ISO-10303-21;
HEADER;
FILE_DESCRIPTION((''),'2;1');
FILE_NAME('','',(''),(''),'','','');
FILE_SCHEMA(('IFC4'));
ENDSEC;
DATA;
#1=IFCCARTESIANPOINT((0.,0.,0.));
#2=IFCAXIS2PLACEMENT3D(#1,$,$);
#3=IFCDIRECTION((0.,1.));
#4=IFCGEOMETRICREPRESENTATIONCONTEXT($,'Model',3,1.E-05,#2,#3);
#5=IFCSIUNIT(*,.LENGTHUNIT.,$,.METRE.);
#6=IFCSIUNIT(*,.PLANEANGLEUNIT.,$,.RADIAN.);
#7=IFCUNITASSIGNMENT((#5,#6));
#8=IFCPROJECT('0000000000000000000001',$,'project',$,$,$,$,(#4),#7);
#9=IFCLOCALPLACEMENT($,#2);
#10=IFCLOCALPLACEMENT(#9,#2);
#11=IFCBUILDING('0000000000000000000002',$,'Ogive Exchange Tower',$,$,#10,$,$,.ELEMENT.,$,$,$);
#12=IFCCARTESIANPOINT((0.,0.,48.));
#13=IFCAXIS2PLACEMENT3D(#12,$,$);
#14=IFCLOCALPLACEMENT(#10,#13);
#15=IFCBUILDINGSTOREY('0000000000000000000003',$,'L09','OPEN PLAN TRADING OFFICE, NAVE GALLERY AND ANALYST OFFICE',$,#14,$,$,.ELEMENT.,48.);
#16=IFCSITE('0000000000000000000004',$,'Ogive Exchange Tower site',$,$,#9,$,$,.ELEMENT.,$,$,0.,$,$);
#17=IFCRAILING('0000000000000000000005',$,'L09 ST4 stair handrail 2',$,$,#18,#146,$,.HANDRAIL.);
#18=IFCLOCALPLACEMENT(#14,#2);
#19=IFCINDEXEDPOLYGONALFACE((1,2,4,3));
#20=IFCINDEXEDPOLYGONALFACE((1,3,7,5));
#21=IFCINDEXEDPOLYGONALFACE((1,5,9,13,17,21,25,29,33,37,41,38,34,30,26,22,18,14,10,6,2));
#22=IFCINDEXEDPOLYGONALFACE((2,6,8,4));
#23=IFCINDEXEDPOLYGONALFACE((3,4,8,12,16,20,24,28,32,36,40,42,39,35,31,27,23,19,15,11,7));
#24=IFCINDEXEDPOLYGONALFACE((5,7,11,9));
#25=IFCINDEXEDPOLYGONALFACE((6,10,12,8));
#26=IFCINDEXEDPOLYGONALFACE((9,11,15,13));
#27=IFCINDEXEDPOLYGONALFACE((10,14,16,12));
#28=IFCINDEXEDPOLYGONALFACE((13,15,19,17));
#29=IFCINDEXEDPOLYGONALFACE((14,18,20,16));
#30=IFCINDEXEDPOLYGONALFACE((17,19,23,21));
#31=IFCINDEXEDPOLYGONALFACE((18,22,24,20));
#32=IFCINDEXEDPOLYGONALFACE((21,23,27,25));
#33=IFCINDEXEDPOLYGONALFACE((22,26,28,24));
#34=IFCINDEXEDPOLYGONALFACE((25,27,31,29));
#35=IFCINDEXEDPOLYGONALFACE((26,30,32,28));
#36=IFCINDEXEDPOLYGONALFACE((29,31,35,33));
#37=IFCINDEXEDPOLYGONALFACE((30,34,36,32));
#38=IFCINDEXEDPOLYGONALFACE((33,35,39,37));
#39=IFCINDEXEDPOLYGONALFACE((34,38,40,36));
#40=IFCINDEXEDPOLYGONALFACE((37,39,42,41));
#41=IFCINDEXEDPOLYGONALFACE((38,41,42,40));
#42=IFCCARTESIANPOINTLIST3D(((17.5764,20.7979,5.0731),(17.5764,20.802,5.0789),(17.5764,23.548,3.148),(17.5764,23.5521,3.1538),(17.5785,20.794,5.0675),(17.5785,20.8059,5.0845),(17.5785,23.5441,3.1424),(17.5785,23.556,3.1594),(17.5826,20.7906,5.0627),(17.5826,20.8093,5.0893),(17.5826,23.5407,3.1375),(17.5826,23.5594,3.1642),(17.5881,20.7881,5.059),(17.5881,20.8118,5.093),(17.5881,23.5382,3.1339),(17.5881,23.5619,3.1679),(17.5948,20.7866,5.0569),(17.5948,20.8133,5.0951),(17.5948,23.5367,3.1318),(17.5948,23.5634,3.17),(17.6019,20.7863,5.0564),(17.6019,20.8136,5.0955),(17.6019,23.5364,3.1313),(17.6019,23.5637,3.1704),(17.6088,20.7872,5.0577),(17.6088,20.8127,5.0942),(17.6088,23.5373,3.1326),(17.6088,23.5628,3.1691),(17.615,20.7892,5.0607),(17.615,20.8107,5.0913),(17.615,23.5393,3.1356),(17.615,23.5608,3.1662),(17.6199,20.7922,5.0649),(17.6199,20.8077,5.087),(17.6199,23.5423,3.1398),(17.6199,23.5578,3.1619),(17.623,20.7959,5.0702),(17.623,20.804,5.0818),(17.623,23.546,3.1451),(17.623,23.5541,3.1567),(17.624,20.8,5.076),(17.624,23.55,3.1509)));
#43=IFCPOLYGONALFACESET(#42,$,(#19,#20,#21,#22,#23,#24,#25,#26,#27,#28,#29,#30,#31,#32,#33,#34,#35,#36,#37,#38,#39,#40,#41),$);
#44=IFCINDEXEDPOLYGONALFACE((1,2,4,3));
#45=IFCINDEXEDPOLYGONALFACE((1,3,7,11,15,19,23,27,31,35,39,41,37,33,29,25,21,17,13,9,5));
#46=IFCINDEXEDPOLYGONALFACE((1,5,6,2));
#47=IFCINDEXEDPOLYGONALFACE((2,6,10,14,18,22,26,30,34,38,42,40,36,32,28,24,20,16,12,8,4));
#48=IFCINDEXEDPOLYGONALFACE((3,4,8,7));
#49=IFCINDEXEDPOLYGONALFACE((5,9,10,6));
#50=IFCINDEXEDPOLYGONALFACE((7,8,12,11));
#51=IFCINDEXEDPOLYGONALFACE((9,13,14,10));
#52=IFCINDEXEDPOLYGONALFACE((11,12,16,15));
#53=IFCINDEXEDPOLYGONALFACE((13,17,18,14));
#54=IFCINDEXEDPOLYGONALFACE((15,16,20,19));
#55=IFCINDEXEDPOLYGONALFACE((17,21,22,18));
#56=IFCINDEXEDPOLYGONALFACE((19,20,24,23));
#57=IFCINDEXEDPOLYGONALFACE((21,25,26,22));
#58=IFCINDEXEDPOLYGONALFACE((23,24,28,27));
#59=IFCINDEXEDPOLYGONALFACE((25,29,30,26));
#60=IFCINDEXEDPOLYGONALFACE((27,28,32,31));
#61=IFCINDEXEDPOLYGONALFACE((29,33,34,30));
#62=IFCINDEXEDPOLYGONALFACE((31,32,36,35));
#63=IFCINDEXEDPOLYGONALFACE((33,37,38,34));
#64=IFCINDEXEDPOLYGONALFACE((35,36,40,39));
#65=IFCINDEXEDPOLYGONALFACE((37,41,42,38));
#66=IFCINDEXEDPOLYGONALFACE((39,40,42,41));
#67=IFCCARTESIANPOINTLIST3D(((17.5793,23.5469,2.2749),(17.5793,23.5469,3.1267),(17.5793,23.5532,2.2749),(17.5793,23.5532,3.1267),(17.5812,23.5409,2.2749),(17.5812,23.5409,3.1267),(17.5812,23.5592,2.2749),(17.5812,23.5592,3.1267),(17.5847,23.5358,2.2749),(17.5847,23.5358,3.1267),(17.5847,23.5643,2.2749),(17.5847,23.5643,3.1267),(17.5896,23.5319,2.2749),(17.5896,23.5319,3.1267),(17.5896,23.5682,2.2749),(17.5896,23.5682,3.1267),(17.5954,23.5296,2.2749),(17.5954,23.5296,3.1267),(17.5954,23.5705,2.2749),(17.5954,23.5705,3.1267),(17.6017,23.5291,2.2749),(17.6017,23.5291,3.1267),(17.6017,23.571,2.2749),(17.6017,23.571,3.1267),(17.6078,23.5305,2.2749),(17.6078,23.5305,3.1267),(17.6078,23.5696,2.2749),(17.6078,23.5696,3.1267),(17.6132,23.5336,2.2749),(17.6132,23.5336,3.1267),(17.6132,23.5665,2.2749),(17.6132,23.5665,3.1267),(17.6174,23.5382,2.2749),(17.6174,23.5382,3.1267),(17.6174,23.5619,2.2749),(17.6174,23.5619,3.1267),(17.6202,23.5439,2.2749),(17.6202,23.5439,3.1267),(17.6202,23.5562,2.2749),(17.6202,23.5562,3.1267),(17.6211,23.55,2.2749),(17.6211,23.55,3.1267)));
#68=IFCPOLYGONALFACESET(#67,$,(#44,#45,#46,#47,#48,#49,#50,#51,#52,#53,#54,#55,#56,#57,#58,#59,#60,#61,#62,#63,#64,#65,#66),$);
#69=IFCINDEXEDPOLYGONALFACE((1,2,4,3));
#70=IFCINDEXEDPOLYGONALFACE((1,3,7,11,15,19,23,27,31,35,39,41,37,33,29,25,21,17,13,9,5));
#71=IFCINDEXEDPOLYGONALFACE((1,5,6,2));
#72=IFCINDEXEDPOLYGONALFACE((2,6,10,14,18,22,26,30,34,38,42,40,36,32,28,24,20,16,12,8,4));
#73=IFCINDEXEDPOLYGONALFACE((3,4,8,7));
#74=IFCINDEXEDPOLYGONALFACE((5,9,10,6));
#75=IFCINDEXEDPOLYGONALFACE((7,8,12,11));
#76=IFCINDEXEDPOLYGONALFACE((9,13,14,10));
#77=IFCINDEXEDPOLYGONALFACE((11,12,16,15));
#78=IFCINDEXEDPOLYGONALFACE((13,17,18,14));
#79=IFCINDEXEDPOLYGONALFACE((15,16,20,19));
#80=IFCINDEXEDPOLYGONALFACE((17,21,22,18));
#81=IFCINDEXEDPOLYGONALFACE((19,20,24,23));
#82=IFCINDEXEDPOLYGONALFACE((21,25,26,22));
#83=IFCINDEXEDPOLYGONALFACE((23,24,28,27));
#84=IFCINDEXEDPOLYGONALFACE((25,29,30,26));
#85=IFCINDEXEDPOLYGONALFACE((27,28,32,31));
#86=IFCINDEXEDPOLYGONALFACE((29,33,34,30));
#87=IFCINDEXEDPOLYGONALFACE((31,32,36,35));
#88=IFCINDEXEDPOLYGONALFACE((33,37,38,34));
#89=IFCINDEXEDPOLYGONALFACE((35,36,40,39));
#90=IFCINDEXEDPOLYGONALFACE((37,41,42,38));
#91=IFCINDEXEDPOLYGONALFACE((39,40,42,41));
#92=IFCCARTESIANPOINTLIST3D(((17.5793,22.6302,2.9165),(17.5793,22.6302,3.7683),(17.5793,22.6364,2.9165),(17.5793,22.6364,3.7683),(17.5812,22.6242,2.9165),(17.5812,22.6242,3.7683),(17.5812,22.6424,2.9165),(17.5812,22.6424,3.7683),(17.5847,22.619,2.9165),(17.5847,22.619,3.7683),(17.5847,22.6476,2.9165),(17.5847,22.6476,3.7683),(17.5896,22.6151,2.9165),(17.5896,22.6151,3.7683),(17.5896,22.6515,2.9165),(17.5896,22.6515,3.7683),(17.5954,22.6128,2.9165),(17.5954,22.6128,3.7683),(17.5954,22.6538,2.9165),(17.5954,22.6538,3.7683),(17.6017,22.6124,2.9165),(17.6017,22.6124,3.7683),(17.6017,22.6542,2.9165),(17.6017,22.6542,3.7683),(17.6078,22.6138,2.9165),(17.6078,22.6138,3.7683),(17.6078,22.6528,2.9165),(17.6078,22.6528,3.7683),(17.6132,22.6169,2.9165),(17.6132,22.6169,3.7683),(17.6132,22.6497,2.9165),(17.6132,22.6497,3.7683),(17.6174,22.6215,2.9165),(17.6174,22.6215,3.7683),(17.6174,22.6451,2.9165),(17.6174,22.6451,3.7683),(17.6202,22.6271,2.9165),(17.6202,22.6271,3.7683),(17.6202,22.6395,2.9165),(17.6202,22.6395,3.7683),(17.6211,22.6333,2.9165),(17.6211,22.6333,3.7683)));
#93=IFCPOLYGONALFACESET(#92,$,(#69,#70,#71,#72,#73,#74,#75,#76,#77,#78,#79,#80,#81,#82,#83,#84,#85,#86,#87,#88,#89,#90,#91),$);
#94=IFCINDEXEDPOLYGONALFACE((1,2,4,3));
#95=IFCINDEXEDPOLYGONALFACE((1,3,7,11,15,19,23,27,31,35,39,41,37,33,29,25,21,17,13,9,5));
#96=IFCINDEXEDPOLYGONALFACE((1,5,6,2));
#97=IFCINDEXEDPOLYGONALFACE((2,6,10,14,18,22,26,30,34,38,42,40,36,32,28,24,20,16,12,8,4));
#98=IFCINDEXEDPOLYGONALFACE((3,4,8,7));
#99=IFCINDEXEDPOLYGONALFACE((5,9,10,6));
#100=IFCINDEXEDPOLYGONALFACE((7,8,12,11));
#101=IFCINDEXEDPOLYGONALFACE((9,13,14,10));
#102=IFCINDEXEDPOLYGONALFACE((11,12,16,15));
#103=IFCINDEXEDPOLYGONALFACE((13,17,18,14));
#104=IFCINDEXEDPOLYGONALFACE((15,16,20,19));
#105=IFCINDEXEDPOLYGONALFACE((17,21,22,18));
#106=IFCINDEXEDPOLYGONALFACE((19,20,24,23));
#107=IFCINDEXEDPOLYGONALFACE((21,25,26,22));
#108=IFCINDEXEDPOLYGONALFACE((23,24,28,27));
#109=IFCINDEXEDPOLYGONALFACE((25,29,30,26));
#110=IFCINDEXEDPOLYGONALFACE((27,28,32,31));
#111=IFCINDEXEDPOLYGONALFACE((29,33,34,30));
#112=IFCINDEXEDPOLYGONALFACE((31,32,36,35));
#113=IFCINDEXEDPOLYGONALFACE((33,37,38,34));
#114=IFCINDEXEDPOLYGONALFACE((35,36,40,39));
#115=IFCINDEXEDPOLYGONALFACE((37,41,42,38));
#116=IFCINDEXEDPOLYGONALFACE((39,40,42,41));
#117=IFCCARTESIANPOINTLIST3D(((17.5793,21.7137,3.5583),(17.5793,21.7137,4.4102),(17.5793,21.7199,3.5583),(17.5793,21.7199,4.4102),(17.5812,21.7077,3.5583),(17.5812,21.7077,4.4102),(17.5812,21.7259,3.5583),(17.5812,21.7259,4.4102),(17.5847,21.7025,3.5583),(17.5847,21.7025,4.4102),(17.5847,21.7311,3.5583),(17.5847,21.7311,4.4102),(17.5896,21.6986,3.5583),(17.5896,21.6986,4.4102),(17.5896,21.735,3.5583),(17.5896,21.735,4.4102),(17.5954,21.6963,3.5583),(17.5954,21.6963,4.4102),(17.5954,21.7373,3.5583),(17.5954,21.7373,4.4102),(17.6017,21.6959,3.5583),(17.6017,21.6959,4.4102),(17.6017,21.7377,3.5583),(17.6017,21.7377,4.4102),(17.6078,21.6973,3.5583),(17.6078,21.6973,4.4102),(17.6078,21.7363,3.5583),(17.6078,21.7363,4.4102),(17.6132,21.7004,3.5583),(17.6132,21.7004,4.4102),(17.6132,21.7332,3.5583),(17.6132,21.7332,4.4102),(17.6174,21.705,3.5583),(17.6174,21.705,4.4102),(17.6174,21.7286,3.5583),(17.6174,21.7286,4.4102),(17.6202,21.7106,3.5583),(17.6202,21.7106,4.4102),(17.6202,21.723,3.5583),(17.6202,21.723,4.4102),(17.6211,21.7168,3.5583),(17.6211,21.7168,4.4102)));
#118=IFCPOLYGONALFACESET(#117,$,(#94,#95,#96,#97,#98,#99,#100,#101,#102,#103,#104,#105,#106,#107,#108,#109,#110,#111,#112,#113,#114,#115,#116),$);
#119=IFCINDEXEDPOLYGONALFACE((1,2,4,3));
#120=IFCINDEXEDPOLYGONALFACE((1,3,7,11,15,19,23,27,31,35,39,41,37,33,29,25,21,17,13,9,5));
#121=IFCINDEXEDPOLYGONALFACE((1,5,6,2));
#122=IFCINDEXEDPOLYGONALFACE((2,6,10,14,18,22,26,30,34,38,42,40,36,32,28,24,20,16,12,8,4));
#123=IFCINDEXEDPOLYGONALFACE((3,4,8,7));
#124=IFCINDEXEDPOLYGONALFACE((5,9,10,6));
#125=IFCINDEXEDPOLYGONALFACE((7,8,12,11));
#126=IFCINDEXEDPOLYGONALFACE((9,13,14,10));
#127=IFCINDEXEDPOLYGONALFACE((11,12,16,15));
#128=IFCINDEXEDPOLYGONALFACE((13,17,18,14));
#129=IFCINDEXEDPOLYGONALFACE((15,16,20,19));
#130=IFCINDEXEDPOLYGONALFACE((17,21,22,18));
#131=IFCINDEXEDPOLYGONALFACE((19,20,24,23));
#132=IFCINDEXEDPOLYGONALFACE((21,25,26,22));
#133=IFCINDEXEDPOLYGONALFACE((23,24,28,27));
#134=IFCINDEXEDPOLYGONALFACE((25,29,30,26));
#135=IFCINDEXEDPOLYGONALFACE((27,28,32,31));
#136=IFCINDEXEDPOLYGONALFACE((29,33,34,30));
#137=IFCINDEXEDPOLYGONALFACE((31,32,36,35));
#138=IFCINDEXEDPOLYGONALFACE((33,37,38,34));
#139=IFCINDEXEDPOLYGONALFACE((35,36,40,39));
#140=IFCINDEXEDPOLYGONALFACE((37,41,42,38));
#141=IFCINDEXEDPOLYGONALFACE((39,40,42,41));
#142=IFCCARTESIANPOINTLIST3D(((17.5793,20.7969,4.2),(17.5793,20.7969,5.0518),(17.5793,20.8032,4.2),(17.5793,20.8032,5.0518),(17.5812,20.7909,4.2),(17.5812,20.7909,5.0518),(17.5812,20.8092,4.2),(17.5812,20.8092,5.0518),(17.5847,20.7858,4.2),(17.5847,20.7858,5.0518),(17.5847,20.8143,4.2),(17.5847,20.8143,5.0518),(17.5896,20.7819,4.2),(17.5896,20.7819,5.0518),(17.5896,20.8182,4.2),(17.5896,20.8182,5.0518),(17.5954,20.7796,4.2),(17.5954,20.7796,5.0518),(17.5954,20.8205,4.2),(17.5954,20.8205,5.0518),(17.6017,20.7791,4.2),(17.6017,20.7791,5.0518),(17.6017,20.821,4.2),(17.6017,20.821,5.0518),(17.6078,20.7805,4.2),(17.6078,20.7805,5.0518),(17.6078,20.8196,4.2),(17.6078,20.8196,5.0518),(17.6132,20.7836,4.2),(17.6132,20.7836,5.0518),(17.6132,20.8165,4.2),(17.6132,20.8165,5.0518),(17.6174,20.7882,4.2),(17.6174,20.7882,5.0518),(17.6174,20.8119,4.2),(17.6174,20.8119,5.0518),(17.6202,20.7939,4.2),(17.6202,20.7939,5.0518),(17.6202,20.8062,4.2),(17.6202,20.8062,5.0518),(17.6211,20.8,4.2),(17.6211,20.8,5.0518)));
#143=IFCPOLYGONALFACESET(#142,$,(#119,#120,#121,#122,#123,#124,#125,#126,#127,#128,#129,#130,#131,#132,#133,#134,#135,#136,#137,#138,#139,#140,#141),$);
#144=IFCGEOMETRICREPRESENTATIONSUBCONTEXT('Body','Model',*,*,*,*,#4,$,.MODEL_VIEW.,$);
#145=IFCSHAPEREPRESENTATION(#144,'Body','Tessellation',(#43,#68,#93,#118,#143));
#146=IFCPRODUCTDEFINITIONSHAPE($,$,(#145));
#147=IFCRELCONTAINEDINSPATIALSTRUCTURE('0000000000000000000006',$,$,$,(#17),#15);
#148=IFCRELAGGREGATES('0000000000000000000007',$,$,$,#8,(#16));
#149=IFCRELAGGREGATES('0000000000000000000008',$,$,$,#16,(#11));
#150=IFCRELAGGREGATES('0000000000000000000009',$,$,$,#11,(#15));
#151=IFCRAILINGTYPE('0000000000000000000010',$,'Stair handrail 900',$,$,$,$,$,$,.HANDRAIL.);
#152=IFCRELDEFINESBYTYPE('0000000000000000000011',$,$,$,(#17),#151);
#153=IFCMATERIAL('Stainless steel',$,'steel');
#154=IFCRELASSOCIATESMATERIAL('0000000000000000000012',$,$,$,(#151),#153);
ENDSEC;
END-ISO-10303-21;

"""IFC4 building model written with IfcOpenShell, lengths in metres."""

from ifc_helpers import new_model, si_unit, direction, frame, origin, origin_2d, place, context, subcontext, project, spatial, circle, extrude, material, type_object, element, save


model = new_model("IFC4")

# Units and contexts
model_context = context("Model", 3, precision=1e-05, world=origin(), true_north=direction((0.0, 1.0)))
body_context = subcontext(model_context, "Body", "Model", "MODEL_VIEW")
ifc_project = project(units=[si_unit("LENGTHUNIT", "METRE"), si_unit("PLANEANGLEUNIT", "RADIAN")], contexts=[model_context])

# Site, building, storey
site_placement = place(None, origin())
site = spatial("IfcSite", under=ifc_project, at=site_placement, Name="Ogive Exchange Tower site", CompositionType="ELEMENT", RefElevation=0.0)
building_placement = place(site_placement, origin())
building = spatial("IfcBuilding", under=site, at=building_placement, Name="Ogive Exchange Tower", CompositionType="ELEMENT")
storey_placement = place(building_placement, frame((0.0, 0.0, 48.0)))
storey = spatial("IfcBuildingStorey", under=building, at=storey_placement, Name="L09", Description="OPEN PLAN TRADING OFFICE, NAVE GALLERY AND ANALYST OFFICE", CompositionType="ELEMENT", Elevation=48.0)

# Railing
ifc_material_1 = material(Name="Stainless steel", Category="steel")
railing_type = type_object("IfcRailingType", Name="Stair handrail 900", PredefinedType="HANDRAIL", material=ifc_material_1)
railing_placement = place(storey_placement, frame((17.6001, 23.55, 2.2749)))
element("IfcRailing", 1, at=railing_placement, inside=storey, type_object=railing_type, Name="L09 ST4 stair handrail 2", PredefinedType="HANDRAIL", context=body_context, shape_type="SweptSolid", body=[
    extrude(circle(Radius=0.0239, at=origin_2d()), frame((0.0, 0.0, 0.876), z_axis=(0.0, -0.819225, 0.573472), x_axis=(1.0, 0.0, 0.0)), (0.0, 0.0, 1.0), 3.3569),
    extrude(circle(Radius=0.021, at=origin_2d()), origin(), (0.0, 0.0, 1.0), 0.8518),
    extrude(circle(Radius=0.021, at=origin_2d()), frame((0.0, -0.9167, 0.6416)), (0.0, 0.0, 1.0), 0.8518),
    extrude(circle(Radius=0.021, at=origin_2d()), frame((0.0, -1.8333, 1.2834)), (0.0, 0.0, 1.0), 0.8518),
    extrude(circle(Radius=0.021, at=origin_2d()), frame((0.0, -2.75, 1.925)), (0.0, 0.0, 1.0), 0.8518),
])

save(model, "model.ifc")
